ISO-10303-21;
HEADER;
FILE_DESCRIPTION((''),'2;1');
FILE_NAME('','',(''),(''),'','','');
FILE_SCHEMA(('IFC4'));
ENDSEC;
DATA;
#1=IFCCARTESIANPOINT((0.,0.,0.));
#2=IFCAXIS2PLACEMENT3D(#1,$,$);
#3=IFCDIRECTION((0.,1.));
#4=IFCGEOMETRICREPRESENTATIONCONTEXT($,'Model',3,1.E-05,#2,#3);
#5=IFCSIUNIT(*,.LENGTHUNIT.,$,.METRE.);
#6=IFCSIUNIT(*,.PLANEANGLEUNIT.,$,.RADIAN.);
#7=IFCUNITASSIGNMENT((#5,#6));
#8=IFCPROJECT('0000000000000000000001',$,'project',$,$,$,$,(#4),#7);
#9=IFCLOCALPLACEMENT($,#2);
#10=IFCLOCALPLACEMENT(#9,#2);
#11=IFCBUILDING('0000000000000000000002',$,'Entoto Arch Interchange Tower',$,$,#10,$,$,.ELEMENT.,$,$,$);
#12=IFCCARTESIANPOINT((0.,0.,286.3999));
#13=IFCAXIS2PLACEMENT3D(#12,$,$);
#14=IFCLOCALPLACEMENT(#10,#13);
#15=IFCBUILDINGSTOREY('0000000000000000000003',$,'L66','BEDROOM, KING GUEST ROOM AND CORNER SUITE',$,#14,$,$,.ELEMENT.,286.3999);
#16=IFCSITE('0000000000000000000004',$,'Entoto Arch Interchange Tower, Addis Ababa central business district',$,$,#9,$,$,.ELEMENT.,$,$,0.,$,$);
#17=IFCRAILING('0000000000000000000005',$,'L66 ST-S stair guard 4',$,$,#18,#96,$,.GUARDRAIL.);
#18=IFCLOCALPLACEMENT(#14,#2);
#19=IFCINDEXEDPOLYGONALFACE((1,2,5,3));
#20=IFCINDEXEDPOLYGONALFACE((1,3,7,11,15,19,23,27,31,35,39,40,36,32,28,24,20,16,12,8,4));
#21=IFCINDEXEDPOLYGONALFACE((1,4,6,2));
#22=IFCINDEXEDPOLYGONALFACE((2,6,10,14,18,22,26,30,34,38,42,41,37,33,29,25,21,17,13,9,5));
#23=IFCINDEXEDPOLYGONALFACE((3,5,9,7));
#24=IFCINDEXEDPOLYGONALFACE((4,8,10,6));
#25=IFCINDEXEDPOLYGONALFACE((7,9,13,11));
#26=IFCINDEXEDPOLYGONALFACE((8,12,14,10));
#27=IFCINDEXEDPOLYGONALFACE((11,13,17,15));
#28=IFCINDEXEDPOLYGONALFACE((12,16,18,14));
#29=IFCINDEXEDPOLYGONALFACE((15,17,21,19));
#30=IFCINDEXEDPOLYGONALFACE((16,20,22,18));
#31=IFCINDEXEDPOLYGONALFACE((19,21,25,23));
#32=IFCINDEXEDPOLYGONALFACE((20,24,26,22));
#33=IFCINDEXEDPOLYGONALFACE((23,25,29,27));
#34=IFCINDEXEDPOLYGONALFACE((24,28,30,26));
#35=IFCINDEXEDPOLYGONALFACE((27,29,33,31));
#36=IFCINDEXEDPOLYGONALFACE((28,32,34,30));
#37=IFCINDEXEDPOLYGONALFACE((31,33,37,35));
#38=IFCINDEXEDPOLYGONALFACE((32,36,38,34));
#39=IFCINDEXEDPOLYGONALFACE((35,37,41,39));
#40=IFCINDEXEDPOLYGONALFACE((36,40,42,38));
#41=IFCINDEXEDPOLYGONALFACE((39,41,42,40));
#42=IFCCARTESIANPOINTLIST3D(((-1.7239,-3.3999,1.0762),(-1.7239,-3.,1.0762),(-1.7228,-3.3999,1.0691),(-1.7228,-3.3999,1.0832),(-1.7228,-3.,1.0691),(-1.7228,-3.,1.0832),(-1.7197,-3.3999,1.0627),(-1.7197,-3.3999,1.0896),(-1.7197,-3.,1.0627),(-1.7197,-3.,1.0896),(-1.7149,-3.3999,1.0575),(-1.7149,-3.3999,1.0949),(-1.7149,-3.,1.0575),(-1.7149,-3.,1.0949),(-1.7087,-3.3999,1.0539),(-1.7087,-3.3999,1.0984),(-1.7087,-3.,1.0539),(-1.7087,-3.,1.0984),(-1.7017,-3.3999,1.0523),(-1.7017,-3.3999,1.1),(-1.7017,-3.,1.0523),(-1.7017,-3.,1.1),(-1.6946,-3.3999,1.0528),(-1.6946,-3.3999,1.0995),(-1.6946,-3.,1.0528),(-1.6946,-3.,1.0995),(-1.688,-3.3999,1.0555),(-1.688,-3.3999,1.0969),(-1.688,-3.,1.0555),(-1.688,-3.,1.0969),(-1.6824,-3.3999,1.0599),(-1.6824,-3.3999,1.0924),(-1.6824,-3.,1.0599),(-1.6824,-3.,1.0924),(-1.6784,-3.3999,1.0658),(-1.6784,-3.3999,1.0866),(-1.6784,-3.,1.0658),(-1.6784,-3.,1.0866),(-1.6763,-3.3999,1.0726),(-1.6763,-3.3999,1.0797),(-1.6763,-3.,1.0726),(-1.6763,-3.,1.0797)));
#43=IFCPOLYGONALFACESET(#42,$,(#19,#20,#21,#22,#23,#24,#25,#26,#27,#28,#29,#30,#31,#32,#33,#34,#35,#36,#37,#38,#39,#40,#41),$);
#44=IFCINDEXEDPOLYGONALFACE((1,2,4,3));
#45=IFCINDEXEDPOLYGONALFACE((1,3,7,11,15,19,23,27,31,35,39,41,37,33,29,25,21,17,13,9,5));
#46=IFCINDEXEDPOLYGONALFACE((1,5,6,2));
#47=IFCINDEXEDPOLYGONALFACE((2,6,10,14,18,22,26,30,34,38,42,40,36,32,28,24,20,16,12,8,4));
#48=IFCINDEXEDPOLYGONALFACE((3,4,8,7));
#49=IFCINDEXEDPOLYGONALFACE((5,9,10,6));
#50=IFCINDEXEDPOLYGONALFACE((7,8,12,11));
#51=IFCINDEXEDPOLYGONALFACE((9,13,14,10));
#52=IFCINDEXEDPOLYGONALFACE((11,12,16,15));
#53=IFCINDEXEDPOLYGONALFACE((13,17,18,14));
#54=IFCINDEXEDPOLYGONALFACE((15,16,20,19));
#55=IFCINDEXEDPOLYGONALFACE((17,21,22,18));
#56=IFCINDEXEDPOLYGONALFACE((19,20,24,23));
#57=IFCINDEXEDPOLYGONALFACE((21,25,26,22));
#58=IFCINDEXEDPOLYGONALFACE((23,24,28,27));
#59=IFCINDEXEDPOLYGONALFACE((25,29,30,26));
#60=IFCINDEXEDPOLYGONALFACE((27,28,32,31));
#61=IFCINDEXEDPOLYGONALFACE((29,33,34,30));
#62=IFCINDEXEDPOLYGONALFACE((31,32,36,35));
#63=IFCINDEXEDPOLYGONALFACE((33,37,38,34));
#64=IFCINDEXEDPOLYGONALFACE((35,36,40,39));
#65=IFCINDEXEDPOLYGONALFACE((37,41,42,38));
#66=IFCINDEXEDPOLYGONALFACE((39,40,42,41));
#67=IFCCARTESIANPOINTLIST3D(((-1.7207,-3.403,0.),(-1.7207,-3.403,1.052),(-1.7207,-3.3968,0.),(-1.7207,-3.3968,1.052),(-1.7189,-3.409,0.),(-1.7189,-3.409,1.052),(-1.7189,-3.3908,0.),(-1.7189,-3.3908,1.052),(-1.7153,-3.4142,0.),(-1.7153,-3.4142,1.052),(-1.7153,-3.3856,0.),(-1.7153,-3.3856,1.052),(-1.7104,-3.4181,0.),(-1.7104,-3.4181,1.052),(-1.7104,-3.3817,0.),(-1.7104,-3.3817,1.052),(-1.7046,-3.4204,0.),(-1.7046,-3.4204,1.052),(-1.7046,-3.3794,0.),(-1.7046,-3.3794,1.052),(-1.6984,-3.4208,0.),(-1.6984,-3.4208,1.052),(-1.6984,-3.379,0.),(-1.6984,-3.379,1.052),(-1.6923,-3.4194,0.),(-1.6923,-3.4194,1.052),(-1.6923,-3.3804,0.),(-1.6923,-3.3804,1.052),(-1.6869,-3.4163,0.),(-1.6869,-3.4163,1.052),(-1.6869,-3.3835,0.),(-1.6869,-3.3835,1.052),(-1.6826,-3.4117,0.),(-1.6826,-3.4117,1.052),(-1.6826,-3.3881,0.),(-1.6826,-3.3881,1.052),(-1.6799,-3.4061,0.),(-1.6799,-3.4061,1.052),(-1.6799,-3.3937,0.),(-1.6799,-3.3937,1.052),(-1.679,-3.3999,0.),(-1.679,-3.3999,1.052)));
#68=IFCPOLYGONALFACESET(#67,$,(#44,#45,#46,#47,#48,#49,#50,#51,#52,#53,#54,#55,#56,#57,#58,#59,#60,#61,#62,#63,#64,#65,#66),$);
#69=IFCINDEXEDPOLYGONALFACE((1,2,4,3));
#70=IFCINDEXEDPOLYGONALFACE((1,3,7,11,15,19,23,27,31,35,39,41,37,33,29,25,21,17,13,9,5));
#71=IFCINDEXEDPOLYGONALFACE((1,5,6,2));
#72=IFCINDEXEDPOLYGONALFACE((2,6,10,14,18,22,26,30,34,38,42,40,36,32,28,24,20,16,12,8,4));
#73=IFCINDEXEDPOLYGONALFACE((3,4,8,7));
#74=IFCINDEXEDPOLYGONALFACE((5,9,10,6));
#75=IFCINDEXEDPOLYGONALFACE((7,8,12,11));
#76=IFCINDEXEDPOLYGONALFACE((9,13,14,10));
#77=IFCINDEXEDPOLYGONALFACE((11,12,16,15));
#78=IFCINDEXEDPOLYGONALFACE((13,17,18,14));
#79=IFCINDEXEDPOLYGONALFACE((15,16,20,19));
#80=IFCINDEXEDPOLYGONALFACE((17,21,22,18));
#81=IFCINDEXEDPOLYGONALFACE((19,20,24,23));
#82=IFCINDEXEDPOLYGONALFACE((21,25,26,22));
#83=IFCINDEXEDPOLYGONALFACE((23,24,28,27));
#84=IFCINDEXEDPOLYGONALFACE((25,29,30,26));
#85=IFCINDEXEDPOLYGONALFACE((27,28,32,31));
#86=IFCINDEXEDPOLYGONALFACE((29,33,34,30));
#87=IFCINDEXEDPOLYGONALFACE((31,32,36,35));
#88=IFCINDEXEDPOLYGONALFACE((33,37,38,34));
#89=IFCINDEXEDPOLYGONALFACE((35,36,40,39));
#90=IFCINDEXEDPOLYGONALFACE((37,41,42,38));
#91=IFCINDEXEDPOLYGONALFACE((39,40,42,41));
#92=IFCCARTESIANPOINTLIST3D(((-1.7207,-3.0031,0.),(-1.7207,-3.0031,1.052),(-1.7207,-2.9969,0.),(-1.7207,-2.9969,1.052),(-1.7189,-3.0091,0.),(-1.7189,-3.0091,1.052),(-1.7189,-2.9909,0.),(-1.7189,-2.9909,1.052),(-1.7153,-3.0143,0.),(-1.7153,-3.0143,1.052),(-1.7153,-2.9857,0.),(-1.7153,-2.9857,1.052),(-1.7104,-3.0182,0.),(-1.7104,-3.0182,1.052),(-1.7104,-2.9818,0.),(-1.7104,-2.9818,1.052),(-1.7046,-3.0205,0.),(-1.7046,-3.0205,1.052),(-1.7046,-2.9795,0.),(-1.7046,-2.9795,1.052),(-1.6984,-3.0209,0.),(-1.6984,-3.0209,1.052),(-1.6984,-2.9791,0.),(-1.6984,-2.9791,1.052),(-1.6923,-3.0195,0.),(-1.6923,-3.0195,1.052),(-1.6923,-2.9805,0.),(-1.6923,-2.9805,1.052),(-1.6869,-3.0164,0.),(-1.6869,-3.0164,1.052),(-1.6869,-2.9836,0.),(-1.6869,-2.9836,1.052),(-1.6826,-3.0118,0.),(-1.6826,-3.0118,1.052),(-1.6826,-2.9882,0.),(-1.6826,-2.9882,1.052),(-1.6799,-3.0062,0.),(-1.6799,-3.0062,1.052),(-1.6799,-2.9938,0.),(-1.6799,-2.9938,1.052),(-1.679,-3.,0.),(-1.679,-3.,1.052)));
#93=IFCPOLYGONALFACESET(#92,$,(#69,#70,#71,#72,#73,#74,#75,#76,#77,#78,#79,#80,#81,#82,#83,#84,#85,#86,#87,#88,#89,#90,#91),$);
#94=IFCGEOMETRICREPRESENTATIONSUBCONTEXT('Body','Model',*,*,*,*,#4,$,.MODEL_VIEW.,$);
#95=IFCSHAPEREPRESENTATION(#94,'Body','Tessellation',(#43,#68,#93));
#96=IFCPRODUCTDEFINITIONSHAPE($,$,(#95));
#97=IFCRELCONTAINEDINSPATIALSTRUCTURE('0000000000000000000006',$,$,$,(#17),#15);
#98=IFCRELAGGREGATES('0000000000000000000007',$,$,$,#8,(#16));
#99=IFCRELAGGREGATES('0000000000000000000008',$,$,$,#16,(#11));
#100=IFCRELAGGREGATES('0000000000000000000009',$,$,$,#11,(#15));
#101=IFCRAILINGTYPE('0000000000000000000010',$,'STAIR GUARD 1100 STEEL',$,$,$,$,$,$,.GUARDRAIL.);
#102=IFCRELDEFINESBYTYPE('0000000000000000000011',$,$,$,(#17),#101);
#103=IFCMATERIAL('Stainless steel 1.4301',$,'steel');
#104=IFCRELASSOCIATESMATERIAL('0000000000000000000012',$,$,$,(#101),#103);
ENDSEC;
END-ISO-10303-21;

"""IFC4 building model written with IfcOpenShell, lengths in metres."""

from ifc_helpers import new_model, si_unit, direction, frame, origin, origin_2d, place, context, subcontext, project, spatial, circle, extrude, material, type_object, element, save


model = new_model("IFC4")

# Units and contexts
model_context = context("Model", 3, precision=1e-05, world=origin(), true_north=direction((0.0, 1.0)))
body_context = subcontext(model_context, "Body", "Model", "MODEL_VIEW")
ifc_project = project(units=[si_unit("LENGTHUNIT", "METRE"), si_unit("PLANEANGLEUNIT", "RADIAN")], contexts=[model_context])

# Site, building, storey
site_placement = place(None, origin())
site = spatial("IfcSite", under=ifc_project, at=site_placement, Name="Entoto Arch Interchange Tower, Addis Ababa central business district", CompositionType="ELEMENT", RefElevation=0.0)
building_placement = place(site_placement, origin())
building = spatial("IfcBuilding", under=site, at=building_placement, Name="Entoto Arch Interchange Tower", CompositionType="ELEMENT")
storey_placement = place(building_placement, frame((0.0, 0.0, 286.3999)))
storey = spatial("IfcBuildingStorey", under=building, at=storey_placement, Name="L66", Description="BEDROOM, KING GUEST ROOM AND CORNER SUITE", CompositionType="ELEMENT", Elevation=286.3999)

# Railing
ifc_material_1 = material(Name="Stainless steel 1.4301", Category="steel")
railing_type_1 = type_object("IfcRailingType", Name="STAIR GUARD 1100 STEEL", PredefinedType="GUARDRAIL", material=ifc_material_1)
railing_1_placement = place(storey_placement, frame((-1.7, -3.3999, 0.0)))
element("IfcRailing", 1, at=railing_1_placement, inside=storey, type_object=railing_type_1, Name="L66 ST-S stair guard 4", PredefinedType="GUARDRAIL", context=body_context, shape_type="SweptSolid", body=[
    extrude(circle(Radius=0.0239, at=origin_2d()), frame((0.0, 0.0, 1.0762), z_axis=(0.0, 1.0, 0.0), x_axis=(-1.0, 0.0, 0.0)), (0.0, 0.0, 1.0), 0.3999),
    extrude(circle(Radius=0.021, at=origin_2d()), origin(), (0.0, 0.0, 1.0), 1.052),
    extrude(circle(Radius=0.021, at=origin_2d()), frame((0.0, 0.3999, 0.0)), (0.0, 0.0, 1.0), 1.052),
])

save(model, "model.ifc")
